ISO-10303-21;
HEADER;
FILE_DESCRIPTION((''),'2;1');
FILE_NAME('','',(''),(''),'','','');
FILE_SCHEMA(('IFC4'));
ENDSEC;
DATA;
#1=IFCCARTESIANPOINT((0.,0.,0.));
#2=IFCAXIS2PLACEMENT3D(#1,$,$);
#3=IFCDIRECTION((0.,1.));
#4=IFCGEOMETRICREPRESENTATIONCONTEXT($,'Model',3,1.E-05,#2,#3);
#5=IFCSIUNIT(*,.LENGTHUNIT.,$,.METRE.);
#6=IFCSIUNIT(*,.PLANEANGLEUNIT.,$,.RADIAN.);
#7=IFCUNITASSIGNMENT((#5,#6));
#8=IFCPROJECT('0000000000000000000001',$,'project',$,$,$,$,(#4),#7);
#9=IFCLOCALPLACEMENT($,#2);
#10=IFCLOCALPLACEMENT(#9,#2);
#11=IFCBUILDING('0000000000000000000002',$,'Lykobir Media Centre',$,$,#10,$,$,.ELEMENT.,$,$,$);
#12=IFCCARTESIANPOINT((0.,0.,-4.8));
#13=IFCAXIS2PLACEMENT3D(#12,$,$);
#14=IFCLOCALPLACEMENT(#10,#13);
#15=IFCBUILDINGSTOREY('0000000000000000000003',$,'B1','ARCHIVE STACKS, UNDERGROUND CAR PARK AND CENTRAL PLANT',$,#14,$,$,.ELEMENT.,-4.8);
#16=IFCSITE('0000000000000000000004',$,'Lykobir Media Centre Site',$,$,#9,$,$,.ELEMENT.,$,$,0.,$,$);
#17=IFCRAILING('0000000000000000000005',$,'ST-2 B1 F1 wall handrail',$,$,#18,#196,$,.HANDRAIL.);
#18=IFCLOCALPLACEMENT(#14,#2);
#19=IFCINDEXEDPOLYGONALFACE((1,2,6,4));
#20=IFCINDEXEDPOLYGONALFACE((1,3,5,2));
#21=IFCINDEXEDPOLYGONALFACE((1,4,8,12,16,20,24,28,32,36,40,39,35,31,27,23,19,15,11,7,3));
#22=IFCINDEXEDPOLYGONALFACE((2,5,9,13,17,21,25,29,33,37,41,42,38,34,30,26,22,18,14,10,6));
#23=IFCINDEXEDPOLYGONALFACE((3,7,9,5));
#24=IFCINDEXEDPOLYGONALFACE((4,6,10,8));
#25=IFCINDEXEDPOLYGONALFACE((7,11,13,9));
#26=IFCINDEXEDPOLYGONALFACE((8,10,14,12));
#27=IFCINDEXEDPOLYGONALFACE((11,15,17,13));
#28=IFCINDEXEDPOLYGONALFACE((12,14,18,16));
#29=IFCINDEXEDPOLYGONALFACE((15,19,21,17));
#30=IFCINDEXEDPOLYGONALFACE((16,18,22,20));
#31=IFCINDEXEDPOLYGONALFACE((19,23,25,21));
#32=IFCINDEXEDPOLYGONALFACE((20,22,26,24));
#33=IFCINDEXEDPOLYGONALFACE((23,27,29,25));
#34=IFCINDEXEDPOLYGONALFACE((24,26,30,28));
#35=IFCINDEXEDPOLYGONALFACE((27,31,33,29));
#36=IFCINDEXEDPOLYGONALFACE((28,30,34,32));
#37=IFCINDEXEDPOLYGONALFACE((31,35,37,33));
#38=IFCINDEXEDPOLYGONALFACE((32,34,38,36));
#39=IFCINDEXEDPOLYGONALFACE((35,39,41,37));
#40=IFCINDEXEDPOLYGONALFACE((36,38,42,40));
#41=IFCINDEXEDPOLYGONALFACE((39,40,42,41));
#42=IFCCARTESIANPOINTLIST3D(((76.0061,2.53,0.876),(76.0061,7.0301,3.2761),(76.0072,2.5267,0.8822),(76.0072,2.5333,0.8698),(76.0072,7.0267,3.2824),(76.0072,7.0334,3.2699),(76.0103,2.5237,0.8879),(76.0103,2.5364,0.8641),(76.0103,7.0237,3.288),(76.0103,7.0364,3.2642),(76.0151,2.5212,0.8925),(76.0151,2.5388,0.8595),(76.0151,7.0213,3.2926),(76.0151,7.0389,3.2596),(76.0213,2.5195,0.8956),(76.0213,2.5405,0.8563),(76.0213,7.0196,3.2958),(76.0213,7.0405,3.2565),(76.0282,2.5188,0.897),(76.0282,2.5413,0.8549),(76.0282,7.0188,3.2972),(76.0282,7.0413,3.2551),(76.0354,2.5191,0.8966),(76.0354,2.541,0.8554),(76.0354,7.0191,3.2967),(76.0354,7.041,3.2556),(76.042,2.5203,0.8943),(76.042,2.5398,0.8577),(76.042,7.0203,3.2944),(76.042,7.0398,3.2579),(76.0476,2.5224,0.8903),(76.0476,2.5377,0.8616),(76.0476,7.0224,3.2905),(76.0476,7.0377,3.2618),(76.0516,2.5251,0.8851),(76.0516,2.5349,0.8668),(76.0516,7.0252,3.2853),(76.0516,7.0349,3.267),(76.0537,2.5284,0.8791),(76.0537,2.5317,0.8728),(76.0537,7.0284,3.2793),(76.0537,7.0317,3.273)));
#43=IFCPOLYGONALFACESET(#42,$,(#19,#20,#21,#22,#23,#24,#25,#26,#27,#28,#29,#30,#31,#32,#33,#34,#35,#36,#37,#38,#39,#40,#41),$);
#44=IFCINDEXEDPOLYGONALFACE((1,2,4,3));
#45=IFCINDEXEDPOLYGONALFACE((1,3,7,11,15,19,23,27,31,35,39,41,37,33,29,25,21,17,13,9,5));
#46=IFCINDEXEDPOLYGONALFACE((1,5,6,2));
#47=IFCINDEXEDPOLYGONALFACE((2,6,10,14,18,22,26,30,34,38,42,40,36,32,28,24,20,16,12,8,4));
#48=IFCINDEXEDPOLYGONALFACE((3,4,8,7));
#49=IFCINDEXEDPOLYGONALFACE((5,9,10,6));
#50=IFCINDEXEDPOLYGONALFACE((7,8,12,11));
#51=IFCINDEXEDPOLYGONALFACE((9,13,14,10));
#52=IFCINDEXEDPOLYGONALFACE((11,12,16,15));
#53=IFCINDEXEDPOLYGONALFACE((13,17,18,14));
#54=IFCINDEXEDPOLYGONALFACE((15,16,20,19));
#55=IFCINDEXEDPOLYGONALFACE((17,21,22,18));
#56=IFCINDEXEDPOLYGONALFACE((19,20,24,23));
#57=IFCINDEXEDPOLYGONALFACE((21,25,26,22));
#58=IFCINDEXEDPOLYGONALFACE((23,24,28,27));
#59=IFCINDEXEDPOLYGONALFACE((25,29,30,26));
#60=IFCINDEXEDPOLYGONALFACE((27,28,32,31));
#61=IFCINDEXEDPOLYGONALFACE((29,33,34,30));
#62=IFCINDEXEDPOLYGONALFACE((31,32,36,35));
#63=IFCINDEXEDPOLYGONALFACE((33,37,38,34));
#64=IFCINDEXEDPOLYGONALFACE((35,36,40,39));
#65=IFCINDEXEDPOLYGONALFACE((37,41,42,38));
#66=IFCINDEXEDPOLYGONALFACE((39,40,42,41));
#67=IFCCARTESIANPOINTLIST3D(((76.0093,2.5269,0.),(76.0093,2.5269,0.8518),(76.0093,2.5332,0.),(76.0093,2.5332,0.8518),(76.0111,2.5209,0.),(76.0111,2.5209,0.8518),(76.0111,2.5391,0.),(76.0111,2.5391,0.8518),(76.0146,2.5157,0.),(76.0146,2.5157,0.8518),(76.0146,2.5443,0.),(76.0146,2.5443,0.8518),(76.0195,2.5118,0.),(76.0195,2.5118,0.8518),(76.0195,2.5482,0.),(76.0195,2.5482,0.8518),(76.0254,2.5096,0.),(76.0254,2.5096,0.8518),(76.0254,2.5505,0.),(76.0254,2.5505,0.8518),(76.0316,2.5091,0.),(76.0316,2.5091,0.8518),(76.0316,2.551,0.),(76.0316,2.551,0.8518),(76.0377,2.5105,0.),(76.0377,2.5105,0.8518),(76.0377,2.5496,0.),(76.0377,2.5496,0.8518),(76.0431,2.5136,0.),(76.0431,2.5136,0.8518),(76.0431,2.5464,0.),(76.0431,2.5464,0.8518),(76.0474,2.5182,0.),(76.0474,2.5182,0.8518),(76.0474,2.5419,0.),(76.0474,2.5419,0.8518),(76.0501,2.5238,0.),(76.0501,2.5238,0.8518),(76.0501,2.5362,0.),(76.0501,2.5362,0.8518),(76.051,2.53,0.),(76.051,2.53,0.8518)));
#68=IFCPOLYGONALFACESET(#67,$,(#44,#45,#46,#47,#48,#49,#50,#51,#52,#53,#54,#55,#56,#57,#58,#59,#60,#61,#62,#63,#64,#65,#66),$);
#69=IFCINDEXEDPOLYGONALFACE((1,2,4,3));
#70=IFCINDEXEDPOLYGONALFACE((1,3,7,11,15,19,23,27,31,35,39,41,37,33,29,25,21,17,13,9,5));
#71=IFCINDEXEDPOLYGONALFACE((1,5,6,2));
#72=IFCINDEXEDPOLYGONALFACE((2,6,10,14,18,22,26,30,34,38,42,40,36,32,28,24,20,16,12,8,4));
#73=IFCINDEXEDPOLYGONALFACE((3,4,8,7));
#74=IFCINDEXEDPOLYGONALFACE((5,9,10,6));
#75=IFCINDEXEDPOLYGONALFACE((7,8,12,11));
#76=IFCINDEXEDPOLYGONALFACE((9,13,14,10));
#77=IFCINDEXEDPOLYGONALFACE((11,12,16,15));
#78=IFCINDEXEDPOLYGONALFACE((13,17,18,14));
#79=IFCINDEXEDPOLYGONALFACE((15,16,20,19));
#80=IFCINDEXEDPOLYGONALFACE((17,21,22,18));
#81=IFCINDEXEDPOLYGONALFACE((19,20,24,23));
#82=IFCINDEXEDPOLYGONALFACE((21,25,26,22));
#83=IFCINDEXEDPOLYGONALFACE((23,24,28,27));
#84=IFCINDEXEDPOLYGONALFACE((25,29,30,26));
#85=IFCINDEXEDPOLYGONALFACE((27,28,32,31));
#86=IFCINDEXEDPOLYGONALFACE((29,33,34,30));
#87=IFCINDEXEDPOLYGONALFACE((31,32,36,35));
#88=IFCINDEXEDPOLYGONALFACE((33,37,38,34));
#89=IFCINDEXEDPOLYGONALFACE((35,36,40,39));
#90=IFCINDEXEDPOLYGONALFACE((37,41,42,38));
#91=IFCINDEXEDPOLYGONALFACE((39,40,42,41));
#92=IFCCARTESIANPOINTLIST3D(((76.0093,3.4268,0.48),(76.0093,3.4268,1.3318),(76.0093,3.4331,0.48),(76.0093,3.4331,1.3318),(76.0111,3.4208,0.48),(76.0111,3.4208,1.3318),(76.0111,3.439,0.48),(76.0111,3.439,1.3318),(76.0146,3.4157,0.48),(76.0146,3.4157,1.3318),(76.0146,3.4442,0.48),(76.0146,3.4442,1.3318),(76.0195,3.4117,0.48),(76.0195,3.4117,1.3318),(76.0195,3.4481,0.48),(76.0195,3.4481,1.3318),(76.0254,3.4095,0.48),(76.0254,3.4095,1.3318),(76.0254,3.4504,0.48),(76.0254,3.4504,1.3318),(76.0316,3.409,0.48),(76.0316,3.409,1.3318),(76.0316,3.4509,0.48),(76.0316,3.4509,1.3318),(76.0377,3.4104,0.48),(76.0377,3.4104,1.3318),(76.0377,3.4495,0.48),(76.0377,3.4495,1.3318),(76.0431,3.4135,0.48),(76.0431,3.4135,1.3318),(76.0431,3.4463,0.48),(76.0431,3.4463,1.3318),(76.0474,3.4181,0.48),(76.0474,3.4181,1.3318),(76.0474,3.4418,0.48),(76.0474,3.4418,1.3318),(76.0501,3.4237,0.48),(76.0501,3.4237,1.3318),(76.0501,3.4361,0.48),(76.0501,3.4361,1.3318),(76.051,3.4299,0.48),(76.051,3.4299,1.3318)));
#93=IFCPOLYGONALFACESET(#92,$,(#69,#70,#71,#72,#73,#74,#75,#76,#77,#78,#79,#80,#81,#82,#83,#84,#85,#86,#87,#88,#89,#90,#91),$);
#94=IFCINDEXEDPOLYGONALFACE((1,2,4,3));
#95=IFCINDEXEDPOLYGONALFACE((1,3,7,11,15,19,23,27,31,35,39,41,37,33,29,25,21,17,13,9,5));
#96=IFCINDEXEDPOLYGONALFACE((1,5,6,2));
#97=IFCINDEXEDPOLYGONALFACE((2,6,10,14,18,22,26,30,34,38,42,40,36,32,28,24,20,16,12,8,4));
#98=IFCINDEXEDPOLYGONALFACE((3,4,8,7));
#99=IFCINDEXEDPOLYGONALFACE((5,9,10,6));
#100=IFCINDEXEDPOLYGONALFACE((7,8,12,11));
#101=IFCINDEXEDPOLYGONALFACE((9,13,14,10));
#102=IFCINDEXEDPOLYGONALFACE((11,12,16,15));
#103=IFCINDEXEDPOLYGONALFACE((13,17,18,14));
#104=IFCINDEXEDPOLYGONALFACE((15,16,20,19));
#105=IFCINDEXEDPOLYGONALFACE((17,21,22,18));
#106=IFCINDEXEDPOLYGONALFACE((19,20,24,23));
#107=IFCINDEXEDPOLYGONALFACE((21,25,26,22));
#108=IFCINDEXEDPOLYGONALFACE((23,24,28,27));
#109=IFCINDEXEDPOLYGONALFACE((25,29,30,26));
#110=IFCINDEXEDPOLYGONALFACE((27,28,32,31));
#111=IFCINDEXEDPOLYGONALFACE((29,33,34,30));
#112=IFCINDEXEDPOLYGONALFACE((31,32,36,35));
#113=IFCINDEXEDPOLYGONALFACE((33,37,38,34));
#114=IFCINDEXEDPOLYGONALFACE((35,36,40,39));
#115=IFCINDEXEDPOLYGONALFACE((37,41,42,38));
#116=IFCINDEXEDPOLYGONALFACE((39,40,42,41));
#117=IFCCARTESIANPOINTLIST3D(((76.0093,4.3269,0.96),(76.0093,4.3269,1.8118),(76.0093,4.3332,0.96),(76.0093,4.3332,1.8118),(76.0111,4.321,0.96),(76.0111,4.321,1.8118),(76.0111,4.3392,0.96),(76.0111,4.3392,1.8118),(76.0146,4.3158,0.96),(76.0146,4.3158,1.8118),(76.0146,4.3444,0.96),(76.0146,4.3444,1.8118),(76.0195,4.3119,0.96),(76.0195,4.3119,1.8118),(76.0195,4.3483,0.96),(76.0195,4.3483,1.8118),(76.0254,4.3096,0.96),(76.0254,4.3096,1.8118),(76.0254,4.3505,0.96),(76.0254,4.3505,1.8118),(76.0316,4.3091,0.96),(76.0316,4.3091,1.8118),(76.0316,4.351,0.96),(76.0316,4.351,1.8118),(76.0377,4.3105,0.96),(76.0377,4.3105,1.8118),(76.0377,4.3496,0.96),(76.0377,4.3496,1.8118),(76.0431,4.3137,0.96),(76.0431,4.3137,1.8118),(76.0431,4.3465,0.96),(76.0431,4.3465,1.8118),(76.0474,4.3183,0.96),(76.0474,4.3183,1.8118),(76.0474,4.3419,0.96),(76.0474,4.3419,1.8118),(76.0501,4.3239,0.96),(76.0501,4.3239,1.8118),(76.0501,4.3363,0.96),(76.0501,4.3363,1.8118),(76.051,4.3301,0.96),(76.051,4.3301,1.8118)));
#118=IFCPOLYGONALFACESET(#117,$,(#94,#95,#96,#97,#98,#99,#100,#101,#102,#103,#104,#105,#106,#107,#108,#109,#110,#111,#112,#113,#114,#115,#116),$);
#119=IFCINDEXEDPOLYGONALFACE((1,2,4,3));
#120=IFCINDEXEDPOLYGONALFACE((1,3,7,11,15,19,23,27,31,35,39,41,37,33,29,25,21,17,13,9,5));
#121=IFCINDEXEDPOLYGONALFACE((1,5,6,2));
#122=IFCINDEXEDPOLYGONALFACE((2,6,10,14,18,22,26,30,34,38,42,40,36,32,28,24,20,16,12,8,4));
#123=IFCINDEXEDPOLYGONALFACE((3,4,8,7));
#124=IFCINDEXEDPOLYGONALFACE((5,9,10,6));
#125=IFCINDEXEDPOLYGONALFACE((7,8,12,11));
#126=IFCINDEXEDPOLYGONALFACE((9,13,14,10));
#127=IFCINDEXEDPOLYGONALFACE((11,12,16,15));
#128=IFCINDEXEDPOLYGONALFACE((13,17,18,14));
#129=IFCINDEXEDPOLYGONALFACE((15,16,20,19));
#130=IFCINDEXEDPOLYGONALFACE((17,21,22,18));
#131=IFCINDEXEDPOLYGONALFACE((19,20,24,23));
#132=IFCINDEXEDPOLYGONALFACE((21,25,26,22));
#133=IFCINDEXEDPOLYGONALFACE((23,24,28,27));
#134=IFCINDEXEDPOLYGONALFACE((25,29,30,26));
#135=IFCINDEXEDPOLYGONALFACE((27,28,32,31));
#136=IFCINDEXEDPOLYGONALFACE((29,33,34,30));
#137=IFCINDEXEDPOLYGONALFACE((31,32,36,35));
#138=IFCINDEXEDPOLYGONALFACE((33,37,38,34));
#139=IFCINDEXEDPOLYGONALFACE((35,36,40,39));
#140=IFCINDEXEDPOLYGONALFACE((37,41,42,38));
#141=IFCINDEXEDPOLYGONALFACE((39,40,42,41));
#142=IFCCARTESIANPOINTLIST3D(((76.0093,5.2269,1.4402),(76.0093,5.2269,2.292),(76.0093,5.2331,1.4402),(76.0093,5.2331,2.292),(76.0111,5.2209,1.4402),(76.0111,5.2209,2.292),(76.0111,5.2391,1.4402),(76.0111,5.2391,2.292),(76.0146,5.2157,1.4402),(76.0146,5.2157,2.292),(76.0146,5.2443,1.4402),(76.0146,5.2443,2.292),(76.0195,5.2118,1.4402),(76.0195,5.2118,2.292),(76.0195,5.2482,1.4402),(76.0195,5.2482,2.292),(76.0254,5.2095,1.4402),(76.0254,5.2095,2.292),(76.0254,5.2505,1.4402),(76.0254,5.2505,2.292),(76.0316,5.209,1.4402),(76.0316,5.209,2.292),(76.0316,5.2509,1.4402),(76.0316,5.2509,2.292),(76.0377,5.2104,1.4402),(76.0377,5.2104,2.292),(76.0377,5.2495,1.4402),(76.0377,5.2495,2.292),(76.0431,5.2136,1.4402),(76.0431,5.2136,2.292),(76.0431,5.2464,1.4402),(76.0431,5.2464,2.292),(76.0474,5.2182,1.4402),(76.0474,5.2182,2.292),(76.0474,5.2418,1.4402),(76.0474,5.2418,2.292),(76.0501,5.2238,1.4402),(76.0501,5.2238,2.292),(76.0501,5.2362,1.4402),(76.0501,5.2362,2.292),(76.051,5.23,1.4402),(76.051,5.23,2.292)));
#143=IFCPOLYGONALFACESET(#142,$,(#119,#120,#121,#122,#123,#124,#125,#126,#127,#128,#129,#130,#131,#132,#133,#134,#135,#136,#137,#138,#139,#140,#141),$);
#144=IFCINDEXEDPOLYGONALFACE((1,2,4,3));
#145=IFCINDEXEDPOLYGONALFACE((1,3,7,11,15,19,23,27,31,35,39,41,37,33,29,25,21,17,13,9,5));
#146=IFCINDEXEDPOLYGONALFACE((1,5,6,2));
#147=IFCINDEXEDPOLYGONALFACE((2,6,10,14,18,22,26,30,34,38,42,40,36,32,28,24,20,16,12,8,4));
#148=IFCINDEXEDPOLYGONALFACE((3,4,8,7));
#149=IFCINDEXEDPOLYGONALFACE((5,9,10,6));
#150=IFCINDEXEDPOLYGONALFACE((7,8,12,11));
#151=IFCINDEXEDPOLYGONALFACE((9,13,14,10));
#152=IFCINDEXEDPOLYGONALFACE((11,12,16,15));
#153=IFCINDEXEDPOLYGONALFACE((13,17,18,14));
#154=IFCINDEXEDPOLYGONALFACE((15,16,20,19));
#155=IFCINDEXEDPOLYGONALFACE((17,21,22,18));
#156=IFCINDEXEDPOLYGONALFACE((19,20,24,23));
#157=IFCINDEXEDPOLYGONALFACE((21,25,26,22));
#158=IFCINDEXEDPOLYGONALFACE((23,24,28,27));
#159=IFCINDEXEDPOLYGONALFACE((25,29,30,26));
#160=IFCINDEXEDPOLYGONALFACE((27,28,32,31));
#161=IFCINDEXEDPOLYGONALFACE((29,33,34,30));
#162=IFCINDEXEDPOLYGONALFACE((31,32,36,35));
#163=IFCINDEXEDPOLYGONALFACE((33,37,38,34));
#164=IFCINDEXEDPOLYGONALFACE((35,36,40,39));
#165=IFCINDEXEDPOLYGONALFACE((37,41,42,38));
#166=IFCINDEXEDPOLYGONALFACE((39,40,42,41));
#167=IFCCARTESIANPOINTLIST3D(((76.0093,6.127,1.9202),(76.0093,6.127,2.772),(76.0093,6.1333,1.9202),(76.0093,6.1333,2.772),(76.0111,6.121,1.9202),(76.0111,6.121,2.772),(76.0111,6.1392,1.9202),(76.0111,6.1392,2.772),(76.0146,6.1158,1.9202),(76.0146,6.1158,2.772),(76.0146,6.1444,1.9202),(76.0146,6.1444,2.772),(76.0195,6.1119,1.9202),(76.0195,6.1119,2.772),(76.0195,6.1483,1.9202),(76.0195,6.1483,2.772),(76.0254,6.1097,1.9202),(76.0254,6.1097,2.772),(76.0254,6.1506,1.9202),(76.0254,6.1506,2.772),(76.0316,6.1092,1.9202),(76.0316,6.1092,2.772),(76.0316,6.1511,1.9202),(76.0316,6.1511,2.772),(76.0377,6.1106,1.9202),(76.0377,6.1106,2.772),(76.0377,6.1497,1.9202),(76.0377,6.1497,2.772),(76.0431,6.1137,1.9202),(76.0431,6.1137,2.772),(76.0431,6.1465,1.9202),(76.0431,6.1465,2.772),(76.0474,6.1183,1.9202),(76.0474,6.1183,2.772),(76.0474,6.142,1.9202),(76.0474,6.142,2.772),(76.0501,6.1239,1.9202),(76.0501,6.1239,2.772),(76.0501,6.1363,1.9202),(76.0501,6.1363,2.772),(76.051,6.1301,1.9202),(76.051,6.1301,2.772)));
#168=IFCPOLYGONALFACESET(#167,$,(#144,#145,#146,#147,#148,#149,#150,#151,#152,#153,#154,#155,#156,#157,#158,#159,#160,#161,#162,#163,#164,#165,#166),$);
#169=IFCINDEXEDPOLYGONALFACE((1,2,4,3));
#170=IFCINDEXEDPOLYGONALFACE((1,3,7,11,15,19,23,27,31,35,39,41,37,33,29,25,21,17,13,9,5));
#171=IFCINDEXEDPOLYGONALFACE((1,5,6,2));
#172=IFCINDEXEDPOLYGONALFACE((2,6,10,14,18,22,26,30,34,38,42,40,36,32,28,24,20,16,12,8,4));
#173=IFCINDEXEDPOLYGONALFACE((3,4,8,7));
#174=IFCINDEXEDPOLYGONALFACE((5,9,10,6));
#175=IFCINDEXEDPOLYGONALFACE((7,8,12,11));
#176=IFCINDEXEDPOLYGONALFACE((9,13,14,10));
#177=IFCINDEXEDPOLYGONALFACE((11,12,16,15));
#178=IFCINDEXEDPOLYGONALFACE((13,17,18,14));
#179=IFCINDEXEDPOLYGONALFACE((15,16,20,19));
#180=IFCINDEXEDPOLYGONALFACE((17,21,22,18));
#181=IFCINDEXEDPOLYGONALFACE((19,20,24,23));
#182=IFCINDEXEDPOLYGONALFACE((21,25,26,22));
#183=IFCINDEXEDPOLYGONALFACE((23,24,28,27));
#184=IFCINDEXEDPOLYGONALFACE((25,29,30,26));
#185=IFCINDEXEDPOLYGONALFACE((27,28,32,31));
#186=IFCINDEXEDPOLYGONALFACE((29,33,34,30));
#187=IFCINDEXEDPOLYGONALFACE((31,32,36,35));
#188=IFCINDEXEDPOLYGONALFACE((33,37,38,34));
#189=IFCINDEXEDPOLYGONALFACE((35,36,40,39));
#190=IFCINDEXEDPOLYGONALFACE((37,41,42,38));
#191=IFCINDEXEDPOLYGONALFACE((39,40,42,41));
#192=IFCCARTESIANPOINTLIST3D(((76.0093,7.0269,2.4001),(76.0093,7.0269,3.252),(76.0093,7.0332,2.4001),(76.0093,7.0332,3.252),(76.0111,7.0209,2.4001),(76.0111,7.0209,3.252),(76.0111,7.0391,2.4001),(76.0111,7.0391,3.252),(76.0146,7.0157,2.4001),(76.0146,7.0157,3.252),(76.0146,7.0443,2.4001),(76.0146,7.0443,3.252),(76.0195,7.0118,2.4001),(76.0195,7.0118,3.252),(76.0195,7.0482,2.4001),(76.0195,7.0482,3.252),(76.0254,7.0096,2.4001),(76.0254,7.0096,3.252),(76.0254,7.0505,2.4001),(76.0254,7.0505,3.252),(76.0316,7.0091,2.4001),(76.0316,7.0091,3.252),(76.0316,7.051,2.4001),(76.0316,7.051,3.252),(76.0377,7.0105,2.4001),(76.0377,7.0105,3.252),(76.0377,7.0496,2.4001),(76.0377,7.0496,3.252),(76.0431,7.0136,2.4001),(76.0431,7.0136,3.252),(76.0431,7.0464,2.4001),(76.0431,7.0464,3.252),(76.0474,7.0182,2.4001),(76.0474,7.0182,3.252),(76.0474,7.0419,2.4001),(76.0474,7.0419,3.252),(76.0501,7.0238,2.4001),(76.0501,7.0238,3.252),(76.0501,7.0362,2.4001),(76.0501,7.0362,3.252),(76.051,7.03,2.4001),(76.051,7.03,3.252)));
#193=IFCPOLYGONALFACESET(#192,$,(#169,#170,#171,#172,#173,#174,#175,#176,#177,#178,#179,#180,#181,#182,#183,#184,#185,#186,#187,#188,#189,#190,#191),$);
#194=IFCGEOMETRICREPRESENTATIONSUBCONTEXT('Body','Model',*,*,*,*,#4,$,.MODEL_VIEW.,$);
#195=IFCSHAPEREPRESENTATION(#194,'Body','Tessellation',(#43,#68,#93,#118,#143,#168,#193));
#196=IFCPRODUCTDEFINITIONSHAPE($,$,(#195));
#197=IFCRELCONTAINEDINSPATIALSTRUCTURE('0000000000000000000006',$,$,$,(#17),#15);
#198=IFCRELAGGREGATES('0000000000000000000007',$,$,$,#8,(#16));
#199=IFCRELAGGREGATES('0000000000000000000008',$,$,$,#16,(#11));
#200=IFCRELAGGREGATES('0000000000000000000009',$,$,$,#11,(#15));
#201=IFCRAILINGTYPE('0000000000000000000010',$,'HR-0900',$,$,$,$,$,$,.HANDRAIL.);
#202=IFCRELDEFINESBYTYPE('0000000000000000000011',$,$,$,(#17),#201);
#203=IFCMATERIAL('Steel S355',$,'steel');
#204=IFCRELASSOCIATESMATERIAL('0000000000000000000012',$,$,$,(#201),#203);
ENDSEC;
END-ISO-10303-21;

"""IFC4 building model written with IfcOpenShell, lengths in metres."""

from ifc_helpers import new_model, si_unit, direction, frame, origin, origin_2d, place, context, subcontext, project, spatial, circle, extrude, material, type_object, element, save


model = new_model("IFC4")

# Units and contexts
model_context = context("Model", 3, precision=1e-05, world=origin(), true_north=direction((0.0, 1.0)))
body_context = subcontext(model_context, "Body", "Model", "MODEL_VIEW")
ifc_project = project(units=[si_unit("LENGTHUNIT", "METRE"), si_unit("PLANEANGLEUNIT", "RADIAN")], contexts=[model_context])

# Site, building, storey
site_placement = place(None, origin())
site = spatial("IfcSite", under=ifc_project, at=site_placement, Name="Lykobir Media Centre Site", CompositionType="ELEMENT", RefElevation=0.0)
building_placement = place(site_placement, origin())
building = spatial("IfcBuilding", under=site, at=building_placement, Name="Lykobir Media Centre", CompositionType="ELEMENT")
storey_placement = place(building_placement, frame((0.0, 0.0, -4.8)))
storey = spatial("IfcBuildingStorey", under=building, at=storey_placement, Name="B1", Description="ARCHIVE STACKS, UNDERGROUND CAR PARK AND CENTRAL PLANT", CompositionType="ELEMENT", Elevation=-4.8)

# Shared definitions
ifc_material_1 = material(Name="Steel S355", Category="steel")

# Railing
railing_type_1 = type_object("IfcRailingType", Name="HR-0900", PredefinedType="HANDRAIL", material=ifc_material_1)
railing_1_placement = place(storey_placement, frame((76.03, 2.53, 0.0)))
element("IfcRailing", 1, at=railing_1_placement, inside=storey, type_object=railing_type_1, Name="ST-2 B1 F1 wall handrail", PredefinedType="HANDRAIL", context=body_context, shape_type="SweptSolid", body=[
    extrude(circle(Radius=0.0239, at=origin_2d()), frame((0.0, 0.0, 0.876), z_axis=(0.0, 0.882341, 0.470611), x_axis=(-1.0, 0.0, 0.0)), (0.0, 0.0, 1.0), 5.1001),
    extrude(circle(Radius=0.021, at=origin_2d()), origin(), (0.0, 0.0, 1.0), 0.8518),
    extrude(circle(Radius=0.021, at=origin_2d()), frame((0.0, 0.8999, 0.48)), (0.0, 0.0, 1.0), 0.8518),
    extrude(circle(Radius=0.021, at=origin_2d()), frame((0.0, 1.8, 0.96)), (0.0, 0.0, 1.0), 0.8518),
    extrude(circle(Radius=0.021, at=origin_2d()), frame((0.0, 2.7, 1.4402)), (0.0, 0.0, 1.0), 0.8518),
    extrude(circle(Radius=0.021, at=origin_2d()), frame((0.0, 3.6001, 1.9202)), (0.0, 0.0, 1.0), 0.8518),
    extrude(circle(Radius=0.021, at=origin_2d()), frame((0.0, 4.5, 2.4001)), (0.0, 0.0, 1.0), 0.8518),
])

save(model, "model.ifc")
